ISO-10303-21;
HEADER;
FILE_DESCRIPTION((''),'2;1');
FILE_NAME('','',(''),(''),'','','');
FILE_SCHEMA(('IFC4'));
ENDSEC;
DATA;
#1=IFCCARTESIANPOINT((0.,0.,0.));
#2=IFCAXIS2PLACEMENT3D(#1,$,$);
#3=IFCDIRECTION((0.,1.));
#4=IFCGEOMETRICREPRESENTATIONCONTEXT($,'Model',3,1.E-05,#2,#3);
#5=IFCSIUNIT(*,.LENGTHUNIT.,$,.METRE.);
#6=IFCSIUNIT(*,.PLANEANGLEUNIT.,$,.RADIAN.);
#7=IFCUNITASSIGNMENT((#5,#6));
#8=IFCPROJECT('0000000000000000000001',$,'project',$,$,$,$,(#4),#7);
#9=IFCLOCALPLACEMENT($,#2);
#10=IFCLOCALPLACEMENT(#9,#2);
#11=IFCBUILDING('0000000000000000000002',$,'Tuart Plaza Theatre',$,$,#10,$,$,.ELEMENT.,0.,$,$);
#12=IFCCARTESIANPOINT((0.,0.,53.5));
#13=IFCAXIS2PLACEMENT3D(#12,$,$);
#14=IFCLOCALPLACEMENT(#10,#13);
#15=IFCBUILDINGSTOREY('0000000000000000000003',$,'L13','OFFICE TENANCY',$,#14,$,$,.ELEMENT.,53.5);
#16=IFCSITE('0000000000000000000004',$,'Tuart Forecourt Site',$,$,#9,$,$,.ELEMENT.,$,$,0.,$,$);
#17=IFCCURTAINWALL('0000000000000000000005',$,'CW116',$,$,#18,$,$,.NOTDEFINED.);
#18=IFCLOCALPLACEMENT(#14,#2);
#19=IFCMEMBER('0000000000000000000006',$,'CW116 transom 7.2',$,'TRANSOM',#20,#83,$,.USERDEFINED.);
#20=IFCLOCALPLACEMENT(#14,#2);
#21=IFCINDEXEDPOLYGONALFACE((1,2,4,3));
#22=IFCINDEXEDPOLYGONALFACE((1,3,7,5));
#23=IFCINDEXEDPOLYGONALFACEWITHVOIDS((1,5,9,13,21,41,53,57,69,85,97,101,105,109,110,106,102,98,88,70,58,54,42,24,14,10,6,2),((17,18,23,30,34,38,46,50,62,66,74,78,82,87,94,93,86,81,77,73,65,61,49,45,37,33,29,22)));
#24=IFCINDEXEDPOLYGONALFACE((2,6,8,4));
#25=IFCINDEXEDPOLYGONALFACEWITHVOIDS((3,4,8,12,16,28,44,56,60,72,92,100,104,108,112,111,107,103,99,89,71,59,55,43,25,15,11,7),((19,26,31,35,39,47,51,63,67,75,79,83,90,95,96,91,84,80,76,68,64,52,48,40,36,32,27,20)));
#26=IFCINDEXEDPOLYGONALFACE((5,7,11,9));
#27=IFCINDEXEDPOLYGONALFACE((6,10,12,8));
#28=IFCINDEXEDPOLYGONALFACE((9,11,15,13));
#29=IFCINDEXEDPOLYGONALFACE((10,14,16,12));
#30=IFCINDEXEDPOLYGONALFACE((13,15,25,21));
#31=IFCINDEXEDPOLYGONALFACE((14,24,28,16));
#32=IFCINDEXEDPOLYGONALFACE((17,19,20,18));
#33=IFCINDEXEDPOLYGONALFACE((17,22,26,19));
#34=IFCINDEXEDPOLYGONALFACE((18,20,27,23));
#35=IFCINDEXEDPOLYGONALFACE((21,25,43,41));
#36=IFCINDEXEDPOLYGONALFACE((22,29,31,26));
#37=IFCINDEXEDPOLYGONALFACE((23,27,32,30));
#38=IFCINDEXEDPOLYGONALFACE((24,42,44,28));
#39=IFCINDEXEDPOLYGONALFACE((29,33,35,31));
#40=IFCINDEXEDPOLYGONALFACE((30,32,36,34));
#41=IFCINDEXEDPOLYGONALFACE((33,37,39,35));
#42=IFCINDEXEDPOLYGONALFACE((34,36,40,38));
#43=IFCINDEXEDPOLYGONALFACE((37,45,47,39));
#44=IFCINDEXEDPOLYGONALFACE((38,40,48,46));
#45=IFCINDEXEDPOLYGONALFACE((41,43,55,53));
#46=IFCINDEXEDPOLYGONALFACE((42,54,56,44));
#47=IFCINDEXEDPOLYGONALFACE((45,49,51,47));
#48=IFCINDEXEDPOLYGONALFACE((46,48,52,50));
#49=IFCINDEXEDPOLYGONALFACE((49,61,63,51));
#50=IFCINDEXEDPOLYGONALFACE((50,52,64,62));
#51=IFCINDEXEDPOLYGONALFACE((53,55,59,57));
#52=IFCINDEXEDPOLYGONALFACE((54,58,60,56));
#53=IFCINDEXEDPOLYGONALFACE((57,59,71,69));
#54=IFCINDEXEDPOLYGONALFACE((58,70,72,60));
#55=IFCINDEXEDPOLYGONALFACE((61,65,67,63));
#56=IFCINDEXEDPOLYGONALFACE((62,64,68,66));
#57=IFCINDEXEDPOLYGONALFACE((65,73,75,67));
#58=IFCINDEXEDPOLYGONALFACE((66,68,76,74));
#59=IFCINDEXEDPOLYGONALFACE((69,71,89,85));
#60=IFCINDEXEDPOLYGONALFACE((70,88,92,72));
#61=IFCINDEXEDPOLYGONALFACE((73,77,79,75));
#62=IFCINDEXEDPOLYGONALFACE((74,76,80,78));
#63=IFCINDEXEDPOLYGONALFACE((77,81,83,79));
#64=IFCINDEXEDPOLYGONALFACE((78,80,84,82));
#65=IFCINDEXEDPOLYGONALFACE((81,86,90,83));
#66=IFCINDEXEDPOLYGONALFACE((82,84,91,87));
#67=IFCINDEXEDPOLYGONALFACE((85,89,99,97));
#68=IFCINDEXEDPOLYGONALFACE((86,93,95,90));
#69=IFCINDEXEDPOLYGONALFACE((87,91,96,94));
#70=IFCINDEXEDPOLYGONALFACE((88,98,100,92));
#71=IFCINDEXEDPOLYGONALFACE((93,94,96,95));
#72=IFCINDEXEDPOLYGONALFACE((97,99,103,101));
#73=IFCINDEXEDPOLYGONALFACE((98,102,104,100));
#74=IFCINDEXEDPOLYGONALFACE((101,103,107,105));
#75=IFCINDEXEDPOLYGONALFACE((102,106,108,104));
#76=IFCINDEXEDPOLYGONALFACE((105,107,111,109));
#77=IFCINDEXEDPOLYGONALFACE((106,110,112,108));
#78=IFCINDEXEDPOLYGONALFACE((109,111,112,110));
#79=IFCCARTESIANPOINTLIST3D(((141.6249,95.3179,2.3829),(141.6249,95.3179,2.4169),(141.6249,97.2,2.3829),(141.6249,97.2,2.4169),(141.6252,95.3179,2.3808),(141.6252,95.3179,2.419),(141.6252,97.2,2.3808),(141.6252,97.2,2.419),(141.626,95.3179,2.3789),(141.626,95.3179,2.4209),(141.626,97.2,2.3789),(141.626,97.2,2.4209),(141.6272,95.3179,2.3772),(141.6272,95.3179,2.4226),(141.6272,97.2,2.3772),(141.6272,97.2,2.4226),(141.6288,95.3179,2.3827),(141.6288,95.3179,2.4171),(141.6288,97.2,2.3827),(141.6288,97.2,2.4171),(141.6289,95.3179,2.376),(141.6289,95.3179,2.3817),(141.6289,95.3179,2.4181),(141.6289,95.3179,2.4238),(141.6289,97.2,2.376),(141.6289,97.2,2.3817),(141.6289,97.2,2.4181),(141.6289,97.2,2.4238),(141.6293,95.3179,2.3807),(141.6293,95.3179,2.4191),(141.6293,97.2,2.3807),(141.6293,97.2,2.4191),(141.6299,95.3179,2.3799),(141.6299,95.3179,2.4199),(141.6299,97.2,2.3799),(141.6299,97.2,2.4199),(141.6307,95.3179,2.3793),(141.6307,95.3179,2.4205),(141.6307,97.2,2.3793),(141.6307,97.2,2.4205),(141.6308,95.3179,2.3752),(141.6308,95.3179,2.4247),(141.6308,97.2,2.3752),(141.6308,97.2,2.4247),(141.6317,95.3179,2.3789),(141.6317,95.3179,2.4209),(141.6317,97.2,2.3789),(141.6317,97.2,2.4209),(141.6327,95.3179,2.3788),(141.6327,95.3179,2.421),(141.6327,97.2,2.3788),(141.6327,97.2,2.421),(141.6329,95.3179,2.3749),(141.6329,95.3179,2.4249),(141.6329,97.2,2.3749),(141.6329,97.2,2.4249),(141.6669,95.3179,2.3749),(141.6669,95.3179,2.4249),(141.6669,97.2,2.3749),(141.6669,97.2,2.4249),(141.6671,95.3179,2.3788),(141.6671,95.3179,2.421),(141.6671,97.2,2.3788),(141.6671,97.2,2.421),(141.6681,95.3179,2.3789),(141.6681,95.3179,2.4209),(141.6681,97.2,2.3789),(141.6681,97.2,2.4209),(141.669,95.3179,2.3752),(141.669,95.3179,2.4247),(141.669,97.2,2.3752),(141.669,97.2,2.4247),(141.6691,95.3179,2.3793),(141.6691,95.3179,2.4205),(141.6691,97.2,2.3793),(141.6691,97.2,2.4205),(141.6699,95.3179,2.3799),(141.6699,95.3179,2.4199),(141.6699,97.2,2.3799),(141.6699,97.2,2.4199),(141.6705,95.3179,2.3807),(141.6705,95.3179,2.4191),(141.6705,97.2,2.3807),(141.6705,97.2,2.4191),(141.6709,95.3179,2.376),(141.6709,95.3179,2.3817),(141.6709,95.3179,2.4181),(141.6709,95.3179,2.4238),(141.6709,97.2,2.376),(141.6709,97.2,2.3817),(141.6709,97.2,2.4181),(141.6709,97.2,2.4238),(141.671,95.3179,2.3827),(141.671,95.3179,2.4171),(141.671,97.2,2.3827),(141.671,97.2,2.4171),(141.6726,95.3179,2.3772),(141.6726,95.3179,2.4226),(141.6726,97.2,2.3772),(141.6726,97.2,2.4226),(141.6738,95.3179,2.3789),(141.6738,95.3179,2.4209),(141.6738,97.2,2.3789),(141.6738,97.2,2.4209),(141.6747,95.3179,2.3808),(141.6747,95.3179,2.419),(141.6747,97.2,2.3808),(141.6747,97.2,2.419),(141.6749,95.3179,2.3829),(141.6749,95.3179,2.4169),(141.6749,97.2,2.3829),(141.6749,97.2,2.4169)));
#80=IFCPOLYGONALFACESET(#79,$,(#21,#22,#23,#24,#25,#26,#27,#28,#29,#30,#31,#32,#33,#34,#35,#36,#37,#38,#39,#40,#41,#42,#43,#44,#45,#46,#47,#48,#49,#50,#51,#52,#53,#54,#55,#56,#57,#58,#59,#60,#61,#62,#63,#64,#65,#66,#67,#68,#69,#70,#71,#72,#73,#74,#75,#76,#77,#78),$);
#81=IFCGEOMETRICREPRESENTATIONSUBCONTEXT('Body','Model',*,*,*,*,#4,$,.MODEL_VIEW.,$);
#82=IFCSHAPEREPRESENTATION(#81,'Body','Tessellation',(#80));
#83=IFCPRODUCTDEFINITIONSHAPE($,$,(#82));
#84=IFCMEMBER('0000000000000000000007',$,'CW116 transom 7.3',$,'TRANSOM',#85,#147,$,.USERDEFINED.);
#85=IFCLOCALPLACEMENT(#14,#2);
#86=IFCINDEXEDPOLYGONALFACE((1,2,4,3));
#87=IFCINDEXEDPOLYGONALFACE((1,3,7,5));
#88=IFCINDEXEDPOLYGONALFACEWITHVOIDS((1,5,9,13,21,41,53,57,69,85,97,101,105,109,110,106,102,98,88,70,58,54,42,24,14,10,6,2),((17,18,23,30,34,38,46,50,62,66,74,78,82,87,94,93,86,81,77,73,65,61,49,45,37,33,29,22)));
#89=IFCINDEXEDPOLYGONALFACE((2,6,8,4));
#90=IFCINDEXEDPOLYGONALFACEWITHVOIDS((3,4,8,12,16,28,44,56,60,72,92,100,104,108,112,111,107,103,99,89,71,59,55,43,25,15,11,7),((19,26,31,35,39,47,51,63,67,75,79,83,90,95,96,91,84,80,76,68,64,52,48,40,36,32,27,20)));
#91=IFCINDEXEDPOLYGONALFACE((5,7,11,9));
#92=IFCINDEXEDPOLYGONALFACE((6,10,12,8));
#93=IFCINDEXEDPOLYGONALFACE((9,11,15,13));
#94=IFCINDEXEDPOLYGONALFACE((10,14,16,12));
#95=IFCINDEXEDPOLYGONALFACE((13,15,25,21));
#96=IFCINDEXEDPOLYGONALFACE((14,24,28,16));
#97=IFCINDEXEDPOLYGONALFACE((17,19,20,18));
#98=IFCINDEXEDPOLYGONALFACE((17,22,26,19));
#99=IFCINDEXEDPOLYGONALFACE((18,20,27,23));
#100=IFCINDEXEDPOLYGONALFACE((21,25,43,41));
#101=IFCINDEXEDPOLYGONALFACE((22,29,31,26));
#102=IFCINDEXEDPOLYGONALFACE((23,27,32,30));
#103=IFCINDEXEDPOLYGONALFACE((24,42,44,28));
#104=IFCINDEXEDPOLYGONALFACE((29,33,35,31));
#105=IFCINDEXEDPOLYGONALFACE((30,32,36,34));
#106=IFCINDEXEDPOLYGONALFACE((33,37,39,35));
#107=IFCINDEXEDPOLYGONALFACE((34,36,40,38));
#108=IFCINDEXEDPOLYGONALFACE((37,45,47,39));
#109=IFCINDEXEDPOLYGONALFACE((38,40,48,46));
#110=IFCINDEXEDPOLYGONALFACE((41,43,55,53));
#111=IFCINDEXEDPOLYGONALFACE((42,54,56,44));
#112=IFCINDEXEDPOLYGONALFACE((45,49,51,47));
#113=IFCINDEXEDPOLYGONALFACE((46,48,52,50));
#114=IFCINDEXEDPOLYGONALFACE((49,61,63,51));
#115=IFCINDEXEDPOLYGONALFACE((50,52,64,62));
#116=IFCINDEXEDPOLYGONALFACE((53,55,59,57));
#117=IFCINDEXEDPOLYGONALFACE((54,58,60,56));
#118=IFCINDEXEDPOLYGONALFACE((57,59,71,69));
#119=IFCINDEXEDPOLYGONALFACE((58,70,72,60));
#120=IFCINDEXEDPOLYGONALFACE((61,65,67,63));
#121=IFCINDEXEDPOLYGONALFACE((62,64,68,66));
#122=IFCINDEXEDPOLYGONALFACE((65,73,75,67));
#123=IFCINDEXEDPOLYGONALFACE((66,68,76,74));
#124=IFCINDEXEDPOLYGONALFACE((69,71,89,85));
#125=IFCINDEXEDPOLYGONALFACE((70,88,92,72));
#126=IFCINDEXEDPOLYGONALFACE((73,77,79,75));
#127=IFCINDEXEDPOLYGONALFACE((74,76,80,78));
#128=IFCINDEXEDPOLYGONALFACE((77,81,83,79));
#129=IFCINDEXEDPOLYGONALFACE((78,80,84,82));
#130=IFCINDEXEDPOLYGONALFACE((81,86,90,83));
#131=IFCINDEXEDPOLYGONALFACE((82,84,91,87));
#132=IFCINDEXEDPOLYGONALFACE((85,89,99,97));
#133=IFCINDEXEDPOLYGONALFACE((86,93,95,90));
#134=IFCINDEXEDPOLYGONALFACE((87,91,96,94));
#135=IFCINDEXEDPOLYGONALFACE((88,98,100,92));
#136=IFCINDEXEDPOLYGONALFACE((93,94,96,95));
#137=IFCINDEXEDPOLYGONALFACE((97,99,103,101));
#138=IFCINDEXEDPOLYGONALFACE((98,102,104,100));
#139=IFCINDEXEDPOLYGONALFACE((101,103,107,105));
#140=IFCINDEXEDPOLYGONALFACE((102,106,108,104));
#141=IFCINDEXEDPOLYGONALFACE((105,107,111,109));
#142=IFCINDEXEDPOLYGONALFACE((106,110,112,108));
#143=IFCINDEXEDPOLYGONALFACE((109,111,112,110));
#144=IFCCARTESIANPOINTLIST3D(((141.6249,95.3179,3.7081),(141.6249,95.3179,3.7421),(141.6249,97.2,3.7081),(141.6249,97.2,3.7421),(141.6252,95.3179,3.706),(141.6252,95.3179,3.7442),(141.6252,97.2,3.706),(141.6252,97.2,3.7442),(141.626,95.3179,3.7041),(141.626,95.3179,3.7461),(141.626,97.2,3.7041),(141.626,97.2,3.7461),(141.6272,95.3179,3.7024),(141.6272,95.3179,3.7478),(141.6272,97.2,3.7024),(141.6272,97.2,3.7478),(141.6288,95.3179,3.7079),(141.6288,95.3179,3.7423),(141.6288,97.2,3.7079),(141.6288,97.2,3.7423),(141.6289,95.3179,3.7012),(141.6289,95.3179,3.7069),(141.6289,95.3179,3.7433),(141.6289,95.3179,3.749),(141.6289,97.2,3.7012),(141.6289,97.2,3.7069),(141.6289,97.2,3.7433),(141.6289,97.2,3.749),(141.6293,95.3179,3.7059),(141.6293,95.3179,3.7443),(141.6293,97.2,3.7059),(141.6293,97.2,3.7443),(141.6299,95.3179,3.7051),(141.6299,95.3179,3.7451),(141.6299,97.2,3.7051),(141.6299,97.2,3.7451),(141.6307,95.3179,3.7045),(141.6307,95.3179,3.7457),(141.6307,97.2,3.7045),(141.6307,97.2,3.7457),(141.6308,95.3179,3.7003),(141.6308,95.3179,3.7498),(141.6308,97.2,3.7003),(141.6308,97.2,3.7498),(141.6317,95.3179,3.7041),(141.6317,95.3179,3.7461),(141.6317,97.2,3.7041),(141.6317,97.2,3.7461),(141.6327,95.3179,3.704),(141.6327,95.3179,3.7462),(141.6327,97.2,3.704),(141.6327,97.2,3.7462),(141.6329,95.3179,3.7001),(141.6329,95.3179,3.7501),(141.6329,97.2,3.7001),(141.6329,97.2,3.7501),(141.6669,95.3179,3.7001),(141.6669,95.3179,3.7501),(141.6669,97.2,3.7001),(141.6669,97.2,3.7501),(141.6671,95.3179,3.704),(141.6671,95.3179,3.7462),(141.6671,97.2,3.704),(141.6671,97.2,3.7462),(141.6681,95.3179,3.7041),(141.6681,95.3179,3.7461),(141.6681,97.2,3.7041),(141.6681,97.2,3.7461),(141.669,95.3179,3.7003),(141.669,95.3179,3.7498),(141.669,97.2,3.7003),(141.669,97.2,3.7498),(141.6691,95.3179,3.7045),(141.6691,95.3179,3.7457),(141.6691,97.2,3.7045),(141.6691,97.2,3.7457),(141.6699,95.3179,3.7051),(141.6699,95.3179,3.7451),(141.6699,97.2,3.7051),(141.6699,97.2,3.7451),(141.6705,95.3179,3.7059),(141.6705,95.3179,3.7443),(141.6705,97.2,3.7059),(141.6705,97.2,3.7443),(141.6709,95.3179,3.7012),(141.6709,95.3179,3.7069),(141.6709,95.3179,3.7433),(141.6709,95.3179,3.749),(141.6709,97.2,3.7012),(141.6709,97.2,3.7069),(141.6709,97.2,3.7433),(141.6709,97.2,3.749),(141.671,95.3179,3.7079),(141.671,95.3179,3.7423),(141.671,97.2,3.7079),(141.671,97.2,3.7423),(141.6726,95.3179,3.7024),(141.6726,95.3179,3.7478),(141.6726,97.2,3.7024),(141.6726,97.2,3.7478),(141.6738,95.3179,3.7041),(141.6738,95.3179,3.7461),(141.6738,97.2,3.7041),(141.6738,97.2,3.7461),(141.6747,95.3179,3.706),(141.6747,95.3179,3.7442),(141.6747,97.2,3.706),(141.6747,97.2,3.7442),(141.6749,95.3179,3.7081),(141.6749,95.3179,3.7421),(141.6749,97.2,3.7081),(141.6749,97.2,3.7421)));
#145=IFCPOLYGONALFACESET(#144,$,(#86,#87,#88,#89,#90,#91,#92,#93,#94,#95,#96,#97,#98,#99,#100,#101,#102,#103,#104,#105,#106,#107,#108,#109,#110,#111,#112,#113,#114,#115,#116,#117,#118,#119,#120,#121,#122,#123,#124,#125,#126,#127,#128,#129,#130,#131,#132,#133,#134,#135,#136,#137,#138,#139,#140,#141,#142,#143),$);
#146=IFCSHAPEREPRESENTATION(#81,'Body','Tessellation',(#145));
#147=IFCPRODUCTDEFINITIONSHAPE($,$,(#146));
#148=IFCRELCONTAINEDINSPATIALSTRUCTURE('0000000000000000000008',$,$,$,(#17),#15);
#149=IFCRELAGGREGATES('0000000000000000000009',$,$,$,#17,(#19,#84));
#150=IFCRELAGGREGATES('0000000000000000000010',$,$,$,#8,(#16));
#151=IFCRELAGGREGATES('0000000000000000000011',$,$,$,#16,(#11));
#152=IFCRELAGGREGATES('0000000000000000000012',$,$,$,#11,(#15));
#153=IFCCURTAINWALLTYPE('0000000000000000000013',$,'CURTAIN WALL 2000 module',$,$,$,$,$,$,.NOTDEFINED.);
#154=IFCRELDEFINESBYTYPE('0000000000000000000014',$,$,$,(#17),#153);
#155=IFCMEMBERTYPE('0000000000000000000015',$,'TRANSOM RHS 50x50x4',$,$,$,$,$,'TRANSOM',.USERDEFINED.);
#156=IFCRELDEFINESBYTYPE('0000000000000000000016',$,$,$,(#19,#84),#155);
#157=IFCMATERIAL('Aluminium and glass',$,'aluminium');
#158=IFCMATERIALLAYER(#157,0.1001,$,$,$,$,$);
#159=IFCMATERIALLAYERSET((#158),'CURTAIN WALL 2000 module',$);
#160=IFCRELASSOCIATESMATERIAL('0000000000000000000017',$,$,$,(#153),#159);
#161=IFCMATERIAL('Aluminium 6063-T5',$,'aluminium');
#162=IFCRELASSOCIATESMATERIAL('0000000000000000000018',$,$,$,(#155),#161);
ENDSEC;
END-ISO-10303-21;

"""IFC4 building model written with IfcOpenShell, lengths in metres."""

from ifc_helpers import new_model, si_unit, direction, frame, origin, origin_2d, place, context, subcontext, project, spatial, hollow_rectangle, extrude, material, layer, layer_set, material_profile, profile_set, type_object, element, aggregate, save


model = new_model("IFC4")

# Units and contexts
model_context = context("Model", 3, precision=1e-05, world=origin(), true_north=direction((0.0, 1.0)))
body_context = subcontext(model_context, "Body", "Model", "MODEL_VIEW")
ifc_project = project(units=[si_unit("LENGTHUNIT", "METRE"), si_unit("PLANEANGLEUNIT", "RADIAN")], contexts=[model_context])

# Site, building, storey
site_placement = place(None, origin())
site = spatial("IfcSite", under=ifc_project, at=site_placement, Name="Tuart Forecourt Site", CompositionType="ELEMENT", RefElevation=0.0)
building_placement = place(site_placement, origin())
building = spatial("IfcBuilding", under=site, at=building_placement, Name="Tuart Plaza Theatre", CompositionType="ELEMENT", ElevationOfRefHeight=0.0)
storey_placement = place(building_placement, frame((0.0, 0.0, 53.5)))
storey = spatial("IfcBuildingStorey", under=building, at=storey_placement, Name="L13", Description="OFFICE TENANCY", CompositionType="ELEMENT", Elevation=53.5)

# Curtain wall
ifc_material_1 = material(Name="Aluminium and glass", Category="aluminium")
ifc_layer_1 = layer(ifc_material_1, 0.1001)
ifc_layer_set_1 = layer_set([ifc_layer_1], Name="CURTAIN WALL 2000 module")
curtain_wall_type = type_object("IfcCurtainWallType", Name="CURTAIN WALL 2000 module", PredefinedType="NOTDEFINED", material=ifc_layer_set_1)
curtain_wall_1_placement = place(storey_placement, origin())
curtain_wall_1 = element("IfcCurtainWall", 1, at=curtain_wall_1_placement, inside=storey, type_object=curtain_wall_type, Name="CW116", PredefinedType="NOTDEFINED")

# Members
ifc_material_2 = material(Name="Aluminium 6063-T5", Category="aluminium")
ifc_material_profile_1 = material_profile(ifc_material_2, hollow_rectangle(XDim=0.05, YDim=0.05, WallThickness=0.0039, InnerFilletRadius=0.0039, OuterFilletRadius=0.0081, at=origin_2d()), Name="RHS 50x50x4")
ifc_profile_set_1 = profile_set([ifc_material_profile_1], Name="Aluminium 6063-T5")
member_type_1 = type_object("IfcMemberType", Name="TRANSOM RHS 50x50x4", ElementType="TRANSOM", PredefinedType="USERDEFINED", material=ifc_profile_set_1)
member_1_placement = place(storey_placement, frame((141.6499, 95.3179, 2.3999), z_axis=(0.0, 1.0, 0.0), x_axis=(-1.0, 0.0, 0.0)))
member_1 = element("IfcMember", 2, at=member_1_placement, type_object=member_type_1, Name="CW116 transom 7.2", ObjectType="TRANSOM", PredefinedType="USERDEFINED", context=body_context, shape_type="SweptSolid", body=[
    extrude(hollow_rectangle(XDim=0.05, YDim=0.05, WallThickness=0.0039, InnerFilletRadius=0.0039, OuterFilletRadius=0.0081, at=origin_2d()), origin(), (0.0, 0.0, 1.0), 1.8821),
])
member_2_placement = place(storey_placement, frame((141.6499, 95.3179, 3.7251), z_axis=(0.0, 1.0, 0.0), x_axis=(-1.0, 0.0, 0.0)))
member_2 = element("IfcMember", 3, at=member_2_placement, type_object=member_type_1, Name="CW116 transom 7.3", ObjectType="TRANSOM", PredefinedType="USERDEFINED", context=body_context, shape_type="SweptSolid", body=[
    extrude(hollow_rectangle(XDim=0.05, YDim=0.05, WallThickness=0.0039, InnerFilletRadius=0.0039, OuterFilletRadius=0.0081, at=origin_2d()), origin(), (0.0, 0.0, 1.0), 1.8821),
])

aggregate(curtain_wall_1, [member_1, member_2])

save(model, "model.ifc")
